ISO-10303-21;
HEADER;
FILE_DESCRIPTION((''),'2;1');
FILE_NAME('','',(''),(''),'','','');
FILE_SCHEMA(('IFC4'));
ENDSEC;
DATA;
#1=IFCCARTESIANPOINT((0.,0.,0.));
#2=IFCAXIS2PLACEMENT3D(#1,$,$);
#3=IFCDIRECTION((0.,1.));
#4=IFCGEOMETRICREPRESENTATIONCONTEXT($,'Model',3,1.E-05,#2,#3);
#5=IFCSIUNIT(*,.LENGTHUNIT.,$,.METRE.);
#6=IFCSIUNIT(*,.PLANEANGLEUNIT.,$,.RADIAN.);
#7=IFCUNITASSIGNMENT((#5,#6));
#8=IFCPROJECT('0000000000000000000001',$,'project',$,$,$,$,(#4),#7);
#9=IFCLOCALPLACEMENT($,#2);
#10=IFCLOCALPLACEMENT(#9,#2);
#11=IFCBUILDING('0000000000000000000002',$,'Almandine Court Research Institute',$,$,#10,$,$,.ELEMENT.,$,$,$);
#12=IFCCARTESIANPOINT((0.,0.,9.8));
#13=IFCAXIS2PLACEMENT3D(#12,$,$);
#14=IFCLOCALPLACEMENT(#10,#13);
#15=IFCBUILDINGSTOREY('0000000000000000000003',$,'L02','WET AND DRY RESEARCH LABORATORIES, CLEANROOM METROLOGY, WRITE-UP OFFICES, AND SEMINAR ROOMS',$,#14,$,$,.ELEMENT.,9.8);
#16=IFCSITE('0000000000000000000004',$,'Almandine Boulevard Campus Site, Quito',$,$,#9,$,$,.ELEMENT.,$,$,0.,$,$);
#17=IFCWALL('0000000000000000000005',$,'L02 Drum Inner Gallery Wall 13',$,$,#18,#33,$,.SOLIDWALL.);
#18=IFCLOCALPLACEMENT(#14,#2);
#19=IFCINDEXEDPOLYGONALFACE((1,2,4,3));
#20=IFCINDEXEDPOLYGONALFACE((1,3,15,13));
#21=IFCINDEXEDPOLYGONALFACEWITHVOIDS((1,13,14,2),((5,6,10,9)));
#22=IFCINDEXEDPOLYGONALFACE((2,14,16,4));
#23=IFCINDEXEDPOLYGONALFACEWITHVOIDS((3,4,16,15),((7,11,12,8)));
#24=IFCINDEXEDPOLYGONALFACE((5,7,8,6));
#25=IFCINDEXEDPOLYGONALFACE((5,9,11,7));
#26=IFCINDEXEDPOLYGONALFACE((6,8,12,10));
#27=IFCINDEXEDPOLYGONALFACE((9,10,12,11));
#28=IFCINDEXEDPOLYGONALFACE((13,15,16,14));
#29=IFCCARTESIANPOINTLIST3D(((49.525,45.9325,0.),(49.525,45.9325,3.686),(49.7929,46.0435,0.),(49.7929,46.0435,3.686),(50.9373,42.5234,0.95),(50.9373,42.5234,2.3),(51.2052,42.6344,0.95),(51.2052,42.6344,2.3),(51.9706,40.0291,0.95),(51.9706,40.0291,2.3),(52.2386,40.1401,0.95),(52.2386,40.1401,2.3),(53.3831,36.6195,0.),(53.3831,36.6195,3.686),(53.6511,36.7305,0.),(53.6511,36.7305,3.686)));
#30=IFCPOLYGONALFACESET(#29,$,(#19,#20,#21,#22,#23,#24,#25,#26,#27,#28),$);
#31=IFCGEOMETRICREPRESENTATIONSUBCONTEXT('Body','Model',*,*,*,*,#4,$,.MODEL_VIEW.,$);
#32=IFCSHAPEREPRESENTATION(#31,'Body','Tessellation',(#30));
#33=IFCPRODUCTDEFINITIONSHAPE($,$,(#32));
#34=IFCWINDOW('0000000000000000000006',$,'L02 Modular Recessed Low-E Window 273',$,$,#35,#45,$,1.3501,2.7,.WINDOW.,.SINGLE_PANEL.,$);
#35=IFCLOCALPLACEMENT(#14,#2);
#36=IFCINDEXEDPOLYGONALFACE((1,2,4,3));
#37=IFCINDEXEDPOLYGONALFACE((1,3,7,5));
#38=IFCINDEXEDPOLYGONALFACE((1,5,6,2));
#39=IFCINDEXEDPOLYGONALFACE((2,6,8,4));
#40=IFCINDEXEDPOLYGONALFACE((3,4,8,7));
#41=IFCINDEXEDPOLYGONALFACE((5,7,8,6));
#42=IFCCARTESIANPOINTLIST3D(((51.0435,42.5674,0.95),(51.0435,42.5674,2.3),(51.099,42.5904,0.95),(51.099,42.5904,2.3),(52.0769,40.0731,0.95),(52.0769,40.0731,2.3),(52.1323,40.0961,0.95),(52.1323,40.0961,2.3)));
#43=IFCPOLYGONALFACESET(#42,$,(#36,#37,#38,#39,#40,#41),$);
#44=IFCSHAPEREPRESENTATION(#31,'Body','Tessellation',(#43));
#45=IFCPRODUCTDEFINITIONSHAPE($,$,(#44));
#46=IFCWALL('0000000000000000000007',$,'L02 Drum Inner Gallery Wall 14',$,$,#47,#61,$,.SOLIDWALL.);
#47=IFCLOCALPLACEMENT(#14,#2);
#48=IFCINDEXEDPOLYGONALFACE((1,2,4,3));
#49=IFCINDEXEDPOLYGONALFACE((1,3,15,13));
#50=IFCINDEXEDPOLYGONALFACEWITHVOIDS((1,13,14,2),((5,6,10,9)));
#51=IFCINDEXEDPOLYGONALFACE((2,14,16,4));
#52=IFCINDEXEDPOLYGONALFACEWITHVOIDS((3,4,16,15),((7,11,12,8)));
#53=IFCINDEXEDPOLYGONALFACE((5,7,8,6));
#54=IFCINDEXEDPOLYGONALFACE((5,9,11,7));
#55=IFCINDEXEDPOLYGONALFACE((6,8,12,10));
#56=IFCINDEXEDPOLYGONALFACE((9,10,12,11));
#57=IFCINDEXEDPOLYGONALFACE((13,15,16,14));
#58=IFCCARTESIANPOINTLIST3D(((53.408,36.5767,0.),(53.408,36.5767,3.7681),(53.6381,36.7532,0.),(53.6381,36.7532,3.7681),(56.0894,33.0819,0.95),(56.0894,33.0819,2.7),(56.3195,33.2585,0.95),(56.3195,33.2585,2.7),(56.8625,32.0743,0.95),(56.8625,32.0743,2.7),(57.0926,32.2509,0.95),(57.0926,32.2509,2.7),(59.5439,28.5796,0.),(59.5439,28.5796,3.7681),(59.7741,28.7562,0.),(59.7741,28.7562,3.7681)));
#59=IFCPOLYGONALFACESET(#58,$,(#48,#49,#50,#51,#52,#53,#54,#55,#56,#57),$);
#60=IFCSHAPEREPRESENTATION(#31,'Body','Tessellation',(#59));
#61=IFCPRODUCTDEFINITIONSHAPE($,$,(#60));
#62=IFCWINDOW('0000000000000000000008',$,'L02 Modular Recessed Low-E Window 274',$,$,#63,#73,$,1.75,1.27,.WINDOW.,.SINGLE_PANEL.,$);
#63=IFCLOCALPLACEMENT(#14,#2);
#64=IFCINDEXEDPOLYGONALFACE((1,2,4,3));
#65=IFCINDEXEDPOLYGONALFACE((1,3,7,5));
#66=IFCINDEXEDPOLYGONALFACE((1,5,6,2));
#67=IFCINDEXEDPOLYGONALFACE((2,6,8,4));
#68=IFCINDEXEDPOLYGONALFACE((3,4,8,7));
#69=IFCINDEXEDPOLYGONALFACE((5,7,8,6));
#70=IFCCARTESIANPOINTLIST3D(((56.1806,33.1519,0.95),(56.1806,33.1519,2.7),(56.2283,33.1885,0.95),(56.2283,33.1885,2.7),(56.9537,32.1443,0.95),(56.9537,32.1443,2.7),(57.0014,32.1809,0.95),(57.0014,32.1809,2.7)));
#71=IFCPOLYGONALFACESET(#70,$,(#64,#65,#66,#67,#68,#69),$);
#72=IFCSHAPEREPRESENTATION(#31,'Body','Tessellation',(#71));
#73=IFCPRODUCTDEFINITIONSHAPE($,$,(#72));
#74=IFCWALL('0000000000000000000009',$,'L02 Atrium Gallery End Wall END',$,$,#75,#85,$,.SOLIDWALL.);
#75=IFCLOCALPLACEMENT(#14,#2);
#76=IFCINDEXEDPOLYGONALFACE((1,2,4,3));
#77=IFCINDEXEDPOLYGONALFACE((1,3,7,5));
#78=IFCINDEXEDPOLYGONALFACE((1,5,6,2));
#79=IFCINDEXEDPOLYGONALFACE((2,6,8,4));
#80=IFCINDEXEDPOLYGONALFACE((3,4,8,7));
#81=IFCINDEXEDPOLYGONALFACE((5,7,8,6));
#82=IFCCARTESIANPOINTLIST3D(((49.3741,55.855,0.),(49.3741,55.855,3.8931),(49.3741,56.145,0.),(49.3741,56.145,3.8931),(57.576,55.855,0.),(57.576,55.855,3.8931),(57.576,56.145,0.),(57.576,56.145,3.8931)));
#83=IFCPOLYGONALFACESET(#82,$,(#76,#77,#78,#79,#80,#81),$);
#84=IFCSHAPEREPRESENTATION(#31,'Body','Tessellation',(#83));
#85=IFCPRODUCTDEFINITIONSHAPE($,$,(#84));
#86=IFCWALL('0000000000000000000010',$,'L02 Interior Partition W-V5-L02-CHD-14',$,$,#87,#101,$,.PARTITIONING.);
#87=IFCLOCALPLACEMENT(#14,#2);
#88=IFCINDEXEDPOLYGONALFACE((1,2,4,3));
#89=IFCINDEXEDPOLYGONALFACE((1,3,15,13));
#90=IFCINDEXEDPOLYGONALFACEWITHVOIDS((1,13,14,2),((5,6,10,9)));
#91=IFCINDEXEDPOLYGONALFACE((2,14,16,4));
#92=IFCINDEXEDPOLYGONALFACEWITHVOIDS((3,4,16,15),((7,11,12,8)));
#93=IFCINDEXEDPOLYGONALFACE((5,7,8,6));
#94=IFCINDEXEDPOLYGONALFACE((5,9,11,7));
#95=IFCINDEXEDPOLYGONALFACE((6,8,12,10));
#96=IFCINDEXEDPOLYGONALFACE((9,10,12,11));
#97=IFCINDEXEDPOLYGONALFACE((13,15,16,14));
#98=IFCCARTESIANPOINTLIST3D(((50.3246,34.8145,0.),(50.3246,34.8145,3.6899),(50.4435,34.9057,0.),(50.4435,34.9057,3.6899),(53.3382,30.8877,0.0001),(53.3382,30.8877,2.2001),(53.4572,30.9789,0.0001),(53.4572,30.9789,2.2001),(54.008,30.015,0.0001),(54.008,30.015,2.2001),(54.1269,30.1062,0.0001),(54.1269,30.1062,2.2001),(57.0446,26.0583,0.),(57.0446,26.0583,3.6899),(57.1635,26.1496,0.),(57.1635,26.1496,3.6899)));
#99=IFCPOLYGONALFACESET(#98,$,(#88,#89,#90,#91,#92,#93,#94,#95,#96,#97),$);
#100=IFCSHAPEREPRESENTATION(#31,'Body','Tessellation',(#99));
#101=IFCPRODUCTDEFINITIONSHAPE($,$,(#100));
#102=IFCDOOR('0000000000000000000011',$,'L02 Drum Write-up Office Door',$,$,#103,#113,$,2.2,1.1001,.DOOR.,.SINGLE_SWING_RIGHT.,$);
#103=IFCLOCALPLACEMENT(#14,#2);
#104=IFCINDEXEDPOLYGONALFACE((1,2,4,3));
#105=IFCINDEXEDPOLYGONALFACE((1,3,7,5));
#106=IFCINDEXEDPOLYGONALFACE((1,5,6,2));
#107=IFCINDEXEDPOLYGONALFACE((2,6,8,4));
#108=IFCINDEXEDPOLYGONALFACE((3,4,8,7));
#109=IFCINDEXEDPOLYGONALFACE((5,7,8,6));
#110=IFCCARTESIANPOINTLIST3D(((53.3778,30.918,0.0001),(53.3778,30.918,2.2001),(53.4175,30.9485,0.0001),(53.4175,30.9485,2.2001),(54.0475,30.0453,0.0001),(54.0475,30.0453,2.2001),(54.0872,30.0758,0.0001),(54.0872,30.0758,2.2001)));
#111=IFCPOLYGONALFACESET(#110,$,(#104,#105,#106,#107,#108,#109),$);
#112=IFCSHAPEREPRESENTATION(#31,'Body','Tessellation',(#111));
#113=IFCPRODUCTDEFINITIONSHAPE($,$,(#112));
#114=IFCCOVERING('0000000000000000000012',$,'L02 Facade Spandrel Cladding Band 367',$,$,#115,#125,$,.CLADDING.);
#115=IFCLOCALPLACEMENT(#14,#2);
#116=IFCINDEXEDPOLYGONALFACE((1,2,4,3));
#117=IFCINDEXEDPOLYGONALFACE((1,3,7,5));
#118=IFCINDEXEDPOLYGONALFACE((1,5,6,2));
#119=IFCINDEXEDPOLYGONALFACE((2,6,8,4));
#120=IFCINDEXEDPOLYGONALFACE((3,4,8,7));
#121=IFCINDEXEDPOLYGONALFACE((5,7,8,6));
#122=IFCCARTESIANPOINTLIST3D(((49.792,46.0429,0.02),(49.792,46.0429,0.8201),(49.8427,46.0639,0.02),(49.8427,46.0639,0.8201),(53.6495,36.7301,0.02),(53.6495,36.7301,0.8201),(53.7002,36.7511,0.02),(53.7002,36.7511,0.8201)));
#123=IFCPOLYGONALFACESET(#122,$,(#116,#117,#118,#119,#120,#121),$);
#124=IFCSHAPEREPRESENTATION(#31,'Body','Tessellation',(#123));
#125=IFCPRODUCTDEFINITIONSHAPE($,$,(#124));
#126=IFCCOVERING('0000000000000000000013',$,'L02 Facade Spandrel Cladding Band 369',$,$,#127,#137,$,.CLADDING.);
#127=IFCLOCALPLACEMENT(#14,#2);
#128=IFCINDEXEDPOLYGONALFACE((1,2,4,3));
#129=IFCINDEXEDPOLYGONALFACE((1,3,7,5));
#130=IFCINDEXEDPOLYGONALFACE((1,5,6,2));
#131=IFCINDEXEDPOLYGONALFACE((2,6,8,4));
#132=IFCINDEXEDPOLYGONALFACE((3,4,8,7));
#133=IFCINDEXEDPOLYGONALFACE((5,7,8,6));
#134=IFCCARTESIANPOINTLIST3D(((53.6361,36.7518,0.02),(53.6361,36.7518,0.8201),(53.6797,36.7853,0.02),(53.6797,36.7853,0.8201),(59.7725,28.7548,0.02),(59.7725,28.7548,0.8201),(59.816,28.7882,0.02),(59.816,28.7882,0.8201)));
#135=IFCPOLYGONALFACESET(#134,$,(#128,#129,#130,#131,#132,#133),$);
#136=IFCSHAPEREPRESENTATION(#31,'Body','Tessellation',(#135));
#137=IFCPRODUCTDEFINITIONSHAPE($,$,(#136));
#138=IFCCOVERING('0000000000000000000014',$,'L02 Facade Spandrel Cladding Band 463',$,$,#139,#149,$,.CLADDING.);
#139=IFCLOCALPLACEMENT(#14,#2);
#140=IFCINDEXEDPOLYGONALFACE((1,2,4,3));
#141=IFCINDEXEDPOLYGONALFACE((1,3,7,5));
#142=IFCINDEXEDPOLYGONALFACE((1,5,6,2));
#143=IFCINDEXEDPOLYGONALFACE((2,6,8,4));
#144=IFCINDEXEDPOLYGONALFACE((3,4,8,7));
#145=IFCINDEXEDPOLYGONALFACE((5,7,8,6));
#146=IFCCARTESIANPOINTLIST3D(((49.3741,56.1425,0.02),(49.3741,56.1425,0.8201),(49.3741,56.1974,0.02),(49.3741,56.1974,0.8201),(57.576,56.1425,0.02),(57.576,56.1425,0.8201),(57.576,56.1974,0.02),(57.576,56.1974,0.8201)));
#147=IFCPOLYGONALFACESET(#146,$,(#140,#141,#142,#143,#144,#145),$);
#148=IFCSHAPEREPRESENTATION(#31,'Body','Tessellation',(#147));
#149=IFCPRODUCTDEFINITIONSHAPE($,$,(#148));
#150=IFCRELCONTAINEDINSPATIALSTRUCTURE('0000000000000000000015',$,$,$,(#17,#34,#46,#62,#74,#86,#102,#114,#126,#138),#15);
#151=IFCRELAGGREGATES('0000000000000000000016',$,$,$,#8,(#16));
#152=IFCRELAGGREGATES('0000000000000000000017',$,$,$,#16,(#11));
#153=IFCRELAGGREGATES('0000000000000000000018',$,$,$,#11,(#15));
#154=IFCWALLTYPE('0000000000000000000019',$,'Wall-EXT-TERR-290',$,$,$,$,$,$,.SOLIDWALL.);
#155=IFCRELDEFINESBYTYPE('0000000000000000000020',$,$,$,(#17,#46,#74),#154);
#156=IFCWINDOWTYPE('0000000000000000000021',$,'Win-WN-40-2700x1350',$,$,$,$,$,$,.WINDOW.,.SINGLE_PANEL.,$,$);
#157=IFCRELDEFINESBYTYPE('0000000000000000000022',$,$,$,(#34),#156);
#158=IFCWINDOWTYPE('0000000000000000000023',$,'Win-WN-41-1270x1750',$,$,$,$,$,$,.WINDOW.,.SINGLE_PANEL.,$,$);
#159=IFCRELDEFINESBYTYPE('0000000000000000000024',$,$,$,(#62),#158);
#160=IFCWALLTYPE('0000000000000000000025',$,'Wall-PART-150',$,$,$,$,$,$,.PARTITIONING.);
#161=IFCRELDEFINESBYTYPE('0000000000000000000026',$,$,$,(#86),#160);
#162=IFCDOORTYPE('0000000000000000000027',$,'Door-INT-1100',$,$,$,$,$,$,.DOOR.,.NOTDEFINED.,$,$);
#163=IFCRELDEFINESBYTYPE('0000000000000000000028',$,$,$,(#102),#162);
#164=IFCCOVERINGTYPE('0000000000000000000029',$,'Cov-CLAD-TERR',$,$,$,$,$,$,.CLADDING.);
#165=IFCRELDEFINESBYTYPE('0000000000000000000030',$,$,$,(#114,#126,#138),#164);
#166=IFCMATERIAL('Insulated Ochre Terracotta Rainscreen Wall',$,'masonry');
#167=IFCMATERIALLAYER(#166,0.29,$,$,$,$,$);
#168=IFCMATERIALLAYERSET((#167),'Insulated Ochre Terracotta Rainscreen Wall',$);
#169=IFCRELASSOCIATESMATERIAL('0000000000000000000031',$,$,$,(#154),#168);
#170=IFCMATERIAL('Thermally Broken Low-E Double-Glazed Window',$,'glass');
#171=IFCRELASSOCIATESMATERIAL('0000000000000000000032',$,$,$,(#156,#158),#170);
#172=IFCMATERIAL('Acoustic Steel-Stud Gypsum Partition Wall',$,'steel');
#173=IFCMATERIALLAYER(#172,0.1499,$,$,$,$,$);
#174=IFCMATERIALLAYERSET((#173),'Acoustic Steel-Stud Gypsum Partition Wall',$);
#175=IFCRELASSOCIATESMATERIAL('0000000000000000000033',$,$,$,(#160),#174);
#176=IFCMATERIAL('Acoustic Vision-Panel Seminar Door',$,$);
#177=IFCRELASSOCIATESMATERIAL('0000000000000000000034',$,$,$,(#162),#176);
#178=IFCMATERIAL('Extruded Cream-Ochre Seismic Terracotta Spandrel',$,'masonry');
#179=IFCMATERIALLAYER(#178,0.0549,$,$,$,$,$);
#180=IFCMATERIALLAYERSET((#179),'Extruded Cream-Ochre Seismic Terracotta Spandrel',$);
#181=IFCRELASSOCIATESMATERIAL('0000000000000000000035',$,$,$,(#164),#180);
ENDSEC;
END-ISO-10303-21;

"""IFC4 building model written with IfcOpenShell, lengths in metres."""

from ifc_helpers import new_model, si_unit, direction, frame, frame_2d, origin, origin_2d, place, context, subcontext, project, spatial, rectangle, extrude, material, layer, layer_set, type_object, element, fill, save


model = new_model("IFC4")

# Units and contexts
model_context = context("Model", 3, precision=1e-05, world=origin(), true_north=direction((0.0, 1.0)))
body_context = subcontext(model_context, "Body", "Model", "MODEL_VIEW")
ifc_project = project(units=[si_unit("LENGTHUNIT", "METRE"), si_unit("PLANEANGLEUNIT", "RADIAN")], contexts=[model_context])

# Site, building, storey
site_placement = place(None, origin())
site = spatial("IfcSite", under=ifc_project, at=site_placement, Name="Almandine Boulevard Campus Site, Quito", CompositionType="ELEMENT", RefElevation=0.0)
building_placement = place(site_placement, origin())
building = spatial("IfcBuilding", under=site, at=building_placement, Name="Almandine Court Research Institute", CompositionType="ELEMENT")
storey_placement = place(building_placement, frame((0.0, 0.0, 9.8)))
storey = spatial("IfcBuildingStorey", under=building, at=storey_placement, Name="L02", Description="WET AND DRY RESEARCH LABORATORIES, CLEANROOM METROLOGY, WRITE-UP OFFICES, AND SEMINAR ROOMS", CompositionType="ELEMENT", Elevation=9.8)

# Walls, openings, windows
ifc_material_1 = material(Name="Insulated Ochre Terracotta Rainscreen Wall", Category="masonry")
ifc_layer_1 = layer(ifc_material_1, 0.29)
ifc_layer_set_1 = layer_set([ifc_layer_1], Name="Insulated Ochre Terracotta Rainscreen Wall")
wall_type_1 = type_object("IfcWallType", Name="Wall-EXT-TERR-290", PredefinedType="SOLIDWALL", material=ifc_layer_set_1)
wall_1_placement = place(storey_placement, frame((49.6589, 45.988, 0.0), z_axis=(0.0, 0.0, 1.0), x_axis=(0.382733, -0.923859, 0.0)))
wall_1 = element("IfcWall", 1, at=wall_1_placement, inside=storey, type_object=wall_type_1, Name="L02 Drum Inner Gallery Wall 13", PredefinedType="SOLIDWALL", context=body_context, shape_type="SweptSolid", body=[
    extrude(rectangle(XDim=10.0806, YDim=0.29, at=frame_2d((5.0403, 0.0))), origin(), (0.0, 0.0, 1.0), 3.686),
])
opening_1_placement = place(wall_1_placement, frame((3.6899, 0.0, 0.95)))
opening_1 = element("IfcOpeningElement", 2, at=opening_1_placement, cuts=wall_1, PredefinedType="OPENING", context=body_context, shape_type="SweptSolid", body=[
    extrude(rectangle(XDim=2.7, YDim=1.3501, at=frame_2d((1.3501, 0.675))), frame((0.0, 0.155, 0.0), z_axis=(0.0, -1.0, 0.0), x_axis=(1.0, 0.0, 0.0)), (0.0, 0.0, 1.0), 0.3101),
])
ifc_material_2 = material(Name="Thermally Broken Low-E Double-Glazed Window", Category="glass")
window_type_1 = type_object("IfcWindowType", Name="Win-WN-40-2700x1350", PartitioningType="SINGLE_PANEL", PredefinedType="WINDOW", material=ifc_material_2)
window_1_placement = place(opening_1_placement, origin())
window_1 = element("IfcWindow", 3, at=window_1_placement, inside=storey, type_object=window_type_1, Name="L02 Modular Recessed Low-E Window 273", OverallHeight=1.3501, OverallWidth=2.7, PartitioningType="SINGLE_PANEL", PredefinedType="WINDOW", context=body_context, shape_type="SweptSolid", body=[
    extrude(rectangle(XDim=2.7, YDim=1.3501, at=frame_2d((1.3501, 0.675))), frame((0.0, 0.03, 0.0), z_axis=(0.0, -1.0, 0.0), x_axis=(1.0, 0.0, 0.0)), (0.0, 0.0, 1.0), 0.0601),
])
fill(opening_1, window_1)
wall_2_placement = place(storey_placement, frame((53.5229, 36.665, 0.0), z_axis=(0.0, 0.0, 1.0), x_axis=(0.608738, -0.793372, 0.0)))
wall_2 = element("IfcWall", 4, at=wall_2_placement, inside=storey, type_object=wall_type_1, Name="L02 Drum Inner Gallery Wall 14", PredefinedType="SOLIDWALL", context=body_context, shape_type="SweptSolid", body=[
    extrude(rectangle(XDim=10.0798, YDim=0.29, at=frame_2d((5.04, 0.0))), origin(), (0.0, 0.0, 1.0), 3.7681),
])
opening_2_placement = place(wall_2_placement, frame((4.405, 0.0, 0.95)))
opening_2 = element("IfcOpeningElement", 5, at=opening_2_placement, cuts=wall_2, PredefinedType="OPENING", context=body_context, shape_type="SweptSolid", body=[
    extrude(rectangle(XDim=1.27, YDim=1.75, at=frame_2d((0.635, 0.875))), frame((0.0, 0.155, 0.0), z_axis=(0.0, -1.0, 0.0), x_axis=(1.0, 0.0, 0.0)), (0.0, 0.0, 1.0), 0.3101),
])
window_type_2 = type_object("IfcWindowType", Name="Win-WN-41-1270x1750", PartitioningType="SINGLE_PANEL", PredefinedType="WINDOW", material=ifc_material_2)
window_2_placement = place(opening_2_placement, origin())
window_2 = element("IfcWindow", 6, at=window_2_placement, inside=storey, type_object=window_type_2, Name="L02 Modular Recessed Low-E Window 274", OverallHeight=1.75, OverallWidth=1.27, PartitioningType="SINGLE_PANEL", PredefinedType="WINDOW", context=body_context, shape_type="SweptSolid", body=[
    extrude(rectangle(XDim=1.27, YDim=1.75, at=frame_2d((0.635, 0.875))), frame((0.0, 0.03, 0.0), z_axis=(0.0, -1.0, 0.0), x_axis=(1.0, 0.0, 0.0)), (0.0, 0.0, 1.0), 0.0601),
])
fill(opening_2, window_2)

# Wall
wall_3_placement = place(storey_placement, frame((49.374, 56.0, 0.0), z_axis=(0.0, 0.0, 1.0), x_axis=(1.0, 0.0, 0.0)))
element("IfcWall", 7, at=wall_3_placement, inside=storey, type_object=wall_type_1, Name="L02 Atrium Gallery End Wall END", PredefinedType="SOLIDWALL", context=body_context, shape_type="SweptSolid", body=[
    extrude(rectangle(XDim=8.2019, YDim=0.29, at=frame_2d((4.1011, 0.0))), origin(), (0.0, 0.0, 1.0), 3.8931),
])

# Wall, opening, door
ifc_material_3 = material(Name="Acoustic Steel-Stud Gypsum Partition Wall", Category="steel")
ifc_layer_2 = layer(ifc_material_3, 0.1499)
ifc_layer_set_2 = layer_set([ifc_layer_2], Name="Acoustic Steel-Stud Gypsum Partition Wall")
wall_type_2 = type_object("IfcWallType", Name="Wall-PART-150", PredefinedType="PARTITIONING", material=ifc_layer_set_2)
wall_4_placement = place(storey_placement, frame((50.384, 34.8601, 0.0), z_axis=(0.0, 0.0, 1.0), x_axis=(0.608828, -0.793302, 0.0)))
wall_4 = element("IfcWall", 8, at=wall_4_placement, inside=storey, type_object=wall_type_2, Name="L02 Interior Partition W-V5-L02-CHD-14", PredefinedType="PARTITIONING", context=body_context, shape_type="SweptSolid", body=[
    extrude(rectangle(XDim=11.0376, YDim=0.1499, at=frame_2d((5.5188, 0.0))), origin(), (0.0, 0.0, 1.0), 3.6899),
])
opening_3_placement = place(wall_4_placement, frame((4.95, 0.0, 0.0)))
opening_3 = element("IfcOpeningElement", 9, at=opening_3_placement, cuts=wall_4, PredefinedType="OPENING", context=body_context, shape_type="SweptSolid", body=[
    extrude(rectangle(XDim=1.1001, YDim=2.2, at=frame_2d((0.55, 1.1001))), frame((0.0, 0.085, 0.0), z_axis=(0.0, -1.0, 0.0), x_axis=(1.0, 0.0, 0.0)), (0.0, 0.0, 1.0), 0.1699),
])
ifc_material_4 = material(Name="Acoustic Vision-Panel Seminar Door")
door_type = type_object("IfcDoorType", Name="Door-INT-1100", OperationType="NOTDEFINED", PredefinedType="DOOR", material=ifc_material_4)
door_placement = place(opening_3_placement, origin())
door = element("IfcDoor", 10, at=door_placement, inside=storey, type_object=door_type, Name="L02 Drum Write-up Office Door", OperationType="SINGLE_SWING_RIGHT", OverallHeight=2.2, OverallWidth=1.1001, PredefinedType="DOOR", context=body_context, shape_type="SweptSolid", body=[
    extrude(rectangle(XDim=1.1001, YDim=2.2, at=frame_2d((0.55, 1.1001))), frame((0.0, 0.0249, 0.0), z_axis=(0.0, -1.0, 0.0), x_axis=(1.0, 0.0, 0.0)), (0.0, 0.0, 1.0), 0.05),
])
fill(opening_3, door)

# Coverings
ifc_material_5 = material(Name="Extruded Cream-Ochre Seismic Terracotta Spandrel", Category="masonry")
ifc_layer_3 = layer(ifc_material_5, 0.0549)
ifc_layer_set_3 = layer_set([ifc_layer_3], Name="Extruded Cream-Ochre Seismic Terracotta Spandrel")
covering_type = type_object("IfcCoveringType", Name="Cov-CLAD-TERR", PredefinedType="CLADDING", material=ifc_layer_set_3)
for number, where, z_axis, x_axis, name in (
    (11, (51.7461, 41.397, 0.02), (0.0, 0.0, 1.0), (0.382683, -0.92388, 0.0), "L02 Facade Spandrel Cladding Band 367"),
    (12, (56.7261, 32.77, 0.02), (0.0, 0.0, 1.0), (0.608761, -0.793353, 0.0), "L02 Facade Spandrel Cladding Band 369"),
):
    element("IfcCovering", number, at=place(storey_placement, frame(where, z_axis=z_axis, x_axis=x_axis)), inside=storey, type_object=covering_type, Name=name, PredefinedType="CLADDING", context=body_context, shape_type="SweptSolid", body=[
        extrude(rectangle(XDim=10.0801, YDim=0.0549, at=origin_2d()), origin(), (0.0, 0.0, 1.0), 0.8),
    ])
covering_placement = place(storey_placement, frame((53.4751, 56.1699, 0.02), z_axis=(0.0, 0.0, 1.0), x_axis=(1.0, 0.0, 0.0)))
element("IfcCovering", 13, at=covering_placement, inside=storey, type_object=covering_type, Name="L02 Facade Spandrel Cladding Band 463", PredefinedType="CLADDING", context=body_context, shape_type="SweptSolid", body=[
    extrude(rectangle(XDim=8.2019, YDim=0.0549, at=origin_2d()), origin(), (0.0, 0.0, 1.0), 0.8),
])

save(model, "model.ifc")
